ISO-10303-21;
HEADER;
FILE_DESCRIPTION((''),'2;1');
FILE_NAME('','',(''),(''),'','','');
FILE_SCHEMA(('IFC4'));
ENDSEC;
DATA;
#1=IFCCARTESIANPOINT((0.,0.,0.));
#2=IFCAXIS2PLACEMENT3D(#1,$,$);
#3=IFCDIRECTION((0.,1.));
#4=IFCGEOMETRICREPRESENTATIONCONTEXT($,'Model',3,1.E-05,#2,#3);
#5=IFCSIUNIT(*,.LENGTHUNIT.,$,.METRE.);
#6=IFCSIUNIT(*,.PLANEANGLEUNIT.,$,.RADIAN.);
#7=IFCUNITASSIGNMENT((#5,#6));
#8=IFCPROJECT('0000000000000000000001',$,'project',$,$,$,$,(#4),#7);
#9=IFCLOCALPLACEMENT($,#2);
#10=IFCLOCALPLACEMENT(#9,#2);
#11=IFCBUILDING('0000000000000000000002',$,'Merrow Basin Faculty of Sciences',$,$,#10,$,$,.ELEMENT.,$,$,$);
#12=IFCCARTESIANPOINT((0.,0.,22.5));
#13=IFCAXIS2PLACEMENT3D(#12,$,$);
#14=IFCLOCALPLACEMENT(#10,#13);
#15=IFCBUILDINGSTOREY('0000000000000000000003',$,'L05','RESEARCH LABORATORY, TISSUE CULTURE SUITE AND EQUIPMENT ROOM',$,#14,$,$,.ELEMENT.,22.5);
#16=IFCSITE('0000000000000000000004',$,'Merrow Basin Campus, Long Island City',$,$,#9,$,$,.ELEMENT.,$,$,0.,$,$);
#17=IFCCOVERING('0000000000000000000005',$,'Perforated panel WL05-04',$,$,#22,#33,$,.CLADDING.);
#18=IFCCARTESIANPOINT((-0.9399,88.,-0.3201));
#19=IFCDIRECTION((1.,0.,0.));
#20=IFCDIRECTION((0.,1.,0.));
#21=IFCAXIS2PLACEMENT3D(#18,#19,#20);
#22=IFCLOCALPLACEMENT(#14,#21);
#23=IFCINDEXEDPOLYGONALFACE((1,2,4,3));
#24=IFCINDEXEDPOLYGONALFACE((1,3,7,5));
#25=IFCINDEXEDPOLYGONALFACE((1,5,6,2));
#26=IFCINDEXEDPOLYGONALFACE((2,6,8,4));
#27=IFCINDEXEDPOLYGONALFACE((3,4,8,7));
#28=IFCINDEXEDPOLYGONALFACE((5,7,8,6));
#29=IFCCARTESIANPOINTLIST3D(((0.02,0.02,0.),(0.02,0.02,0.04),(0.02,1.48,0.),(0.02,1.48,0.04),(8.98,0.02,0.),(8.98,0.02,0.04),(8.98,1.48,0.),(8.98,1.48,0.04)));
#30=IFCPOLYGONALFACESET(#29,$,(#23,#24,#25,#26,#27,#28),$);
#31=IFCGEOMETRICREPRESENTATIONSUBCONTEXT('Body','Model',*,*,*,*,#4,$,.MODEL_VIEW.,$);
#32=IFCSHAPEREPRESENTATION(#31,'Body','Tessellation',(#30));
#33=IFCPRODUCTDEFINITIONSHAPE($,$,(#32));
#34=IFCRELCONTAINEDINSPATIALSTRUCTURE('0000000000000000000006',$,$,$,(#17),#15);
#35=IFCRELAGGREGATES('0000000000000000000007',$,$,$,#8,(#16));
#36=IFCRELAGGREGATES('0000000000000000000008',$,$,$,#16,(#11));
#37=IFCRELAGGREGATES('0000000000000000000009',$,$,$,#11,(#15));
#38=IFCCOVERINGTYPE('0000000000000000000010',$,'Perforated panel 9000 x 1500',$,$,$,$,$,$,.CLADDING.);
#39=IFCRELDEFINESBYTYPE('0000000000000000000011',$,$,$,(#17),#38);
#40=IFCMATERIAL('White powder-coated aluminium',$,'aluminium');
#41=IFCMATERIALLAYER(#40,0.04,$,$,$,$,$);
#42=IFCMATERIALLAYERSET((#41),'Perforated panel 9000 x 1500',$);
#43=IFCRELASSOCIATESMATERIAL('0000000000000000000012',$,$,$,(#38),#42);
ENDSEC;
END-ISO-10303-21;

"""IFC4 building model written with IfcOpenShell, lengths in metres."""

from ifc_helpers import new_model, si_unit, direction, frame, origin, place, context, subcontext, project, spatial, polyline, outline, extrude, source, transform, mapped, material, layer, layer_set, type_object, element, save


model = new_model("IFC4")

# Units and contexts
model_context = context("Model", 3, precision=1e-05, world=origin(), true_north=direction((0.0, 1.0)))
body_context = subcontext(model_context, "Body", "Model", "MODEL_VIEW")
ifc_project = project(units=[si_unit("LENGTHUNIT", "METRE"), si_unit("PLANEANGLEUNIT", "RADIAN")], contexts=[model_context])

# Site, building, storey
site_placement = place(None, origin())
site = spatial("IfcSite", under=ifc_project, at=site_placement, Name="Merrow Basin Campus, Long Island City", CompositionType="ELEMENT", RefElevation=0.0)
building_placement = place(site_placement, origin())
building = spatial("IfcBuilding", under=site, at=building_placement, Name="Merrow Basin Faculty of Sciences", CompositionType="ELEMENT")
storey_placement = place(building_placement, frame((0.0, 0.0, 22.5)))
storey = spatial("IfcBuildingStorey", under=building, at=storey_placement, Name="L05", Description="RESEARCH LABORATORY, TISSUE CULTURE SUITE AND EQUIPMENT ROOM", CompositionType="ELEMENT", Elevation=22.5)

# Covering
ifc_material_1 = material(Name="White powder-coated aluminium", Category="aluminium")
ifc_layer_1 = layer(ifc_material_1, 0.04)
ifc_layer_set_1 = layer_set([ifc_layer_1], Name="Perforated panel 9000 x 1500")
covering_type = type_object("IfcCoveringType", Name="Perforated panel 9000 x 1500", PredefinedType="CLADDING", material=ifc_layer_set_1)
shared_shape_1 = source(origin(), body_context, "Body", "SweptSolid", [
    extrude(outline(polyline([(0.02, 0.02), (8.98, 0.02), (8.98, 1.48), (0.02, 1.48), (0.02, 0.02)])), origin(), (0.0, 0.0, 1.0), 0.04),
])
covering_placement = place(storey_placement, frame((-0.9399, 88.0, -0.3201), z_axis=(1.0, 0.0, 0.0), x_axis=(0.0, 1.0, 0.0)))
element("IfcCovering", 1, at=covering_placement, inside=storey, type_object=covering_type, Name="Perforated panel WL05-04", PredefinedType="CLADDING", context=body_context, shape_type="MappedRepresentation", body=[
    mapped(shared_shape_1, transform((0.0, 0.0, 0.0), scale=1.0)),
])

save(model, "model.ifc")
